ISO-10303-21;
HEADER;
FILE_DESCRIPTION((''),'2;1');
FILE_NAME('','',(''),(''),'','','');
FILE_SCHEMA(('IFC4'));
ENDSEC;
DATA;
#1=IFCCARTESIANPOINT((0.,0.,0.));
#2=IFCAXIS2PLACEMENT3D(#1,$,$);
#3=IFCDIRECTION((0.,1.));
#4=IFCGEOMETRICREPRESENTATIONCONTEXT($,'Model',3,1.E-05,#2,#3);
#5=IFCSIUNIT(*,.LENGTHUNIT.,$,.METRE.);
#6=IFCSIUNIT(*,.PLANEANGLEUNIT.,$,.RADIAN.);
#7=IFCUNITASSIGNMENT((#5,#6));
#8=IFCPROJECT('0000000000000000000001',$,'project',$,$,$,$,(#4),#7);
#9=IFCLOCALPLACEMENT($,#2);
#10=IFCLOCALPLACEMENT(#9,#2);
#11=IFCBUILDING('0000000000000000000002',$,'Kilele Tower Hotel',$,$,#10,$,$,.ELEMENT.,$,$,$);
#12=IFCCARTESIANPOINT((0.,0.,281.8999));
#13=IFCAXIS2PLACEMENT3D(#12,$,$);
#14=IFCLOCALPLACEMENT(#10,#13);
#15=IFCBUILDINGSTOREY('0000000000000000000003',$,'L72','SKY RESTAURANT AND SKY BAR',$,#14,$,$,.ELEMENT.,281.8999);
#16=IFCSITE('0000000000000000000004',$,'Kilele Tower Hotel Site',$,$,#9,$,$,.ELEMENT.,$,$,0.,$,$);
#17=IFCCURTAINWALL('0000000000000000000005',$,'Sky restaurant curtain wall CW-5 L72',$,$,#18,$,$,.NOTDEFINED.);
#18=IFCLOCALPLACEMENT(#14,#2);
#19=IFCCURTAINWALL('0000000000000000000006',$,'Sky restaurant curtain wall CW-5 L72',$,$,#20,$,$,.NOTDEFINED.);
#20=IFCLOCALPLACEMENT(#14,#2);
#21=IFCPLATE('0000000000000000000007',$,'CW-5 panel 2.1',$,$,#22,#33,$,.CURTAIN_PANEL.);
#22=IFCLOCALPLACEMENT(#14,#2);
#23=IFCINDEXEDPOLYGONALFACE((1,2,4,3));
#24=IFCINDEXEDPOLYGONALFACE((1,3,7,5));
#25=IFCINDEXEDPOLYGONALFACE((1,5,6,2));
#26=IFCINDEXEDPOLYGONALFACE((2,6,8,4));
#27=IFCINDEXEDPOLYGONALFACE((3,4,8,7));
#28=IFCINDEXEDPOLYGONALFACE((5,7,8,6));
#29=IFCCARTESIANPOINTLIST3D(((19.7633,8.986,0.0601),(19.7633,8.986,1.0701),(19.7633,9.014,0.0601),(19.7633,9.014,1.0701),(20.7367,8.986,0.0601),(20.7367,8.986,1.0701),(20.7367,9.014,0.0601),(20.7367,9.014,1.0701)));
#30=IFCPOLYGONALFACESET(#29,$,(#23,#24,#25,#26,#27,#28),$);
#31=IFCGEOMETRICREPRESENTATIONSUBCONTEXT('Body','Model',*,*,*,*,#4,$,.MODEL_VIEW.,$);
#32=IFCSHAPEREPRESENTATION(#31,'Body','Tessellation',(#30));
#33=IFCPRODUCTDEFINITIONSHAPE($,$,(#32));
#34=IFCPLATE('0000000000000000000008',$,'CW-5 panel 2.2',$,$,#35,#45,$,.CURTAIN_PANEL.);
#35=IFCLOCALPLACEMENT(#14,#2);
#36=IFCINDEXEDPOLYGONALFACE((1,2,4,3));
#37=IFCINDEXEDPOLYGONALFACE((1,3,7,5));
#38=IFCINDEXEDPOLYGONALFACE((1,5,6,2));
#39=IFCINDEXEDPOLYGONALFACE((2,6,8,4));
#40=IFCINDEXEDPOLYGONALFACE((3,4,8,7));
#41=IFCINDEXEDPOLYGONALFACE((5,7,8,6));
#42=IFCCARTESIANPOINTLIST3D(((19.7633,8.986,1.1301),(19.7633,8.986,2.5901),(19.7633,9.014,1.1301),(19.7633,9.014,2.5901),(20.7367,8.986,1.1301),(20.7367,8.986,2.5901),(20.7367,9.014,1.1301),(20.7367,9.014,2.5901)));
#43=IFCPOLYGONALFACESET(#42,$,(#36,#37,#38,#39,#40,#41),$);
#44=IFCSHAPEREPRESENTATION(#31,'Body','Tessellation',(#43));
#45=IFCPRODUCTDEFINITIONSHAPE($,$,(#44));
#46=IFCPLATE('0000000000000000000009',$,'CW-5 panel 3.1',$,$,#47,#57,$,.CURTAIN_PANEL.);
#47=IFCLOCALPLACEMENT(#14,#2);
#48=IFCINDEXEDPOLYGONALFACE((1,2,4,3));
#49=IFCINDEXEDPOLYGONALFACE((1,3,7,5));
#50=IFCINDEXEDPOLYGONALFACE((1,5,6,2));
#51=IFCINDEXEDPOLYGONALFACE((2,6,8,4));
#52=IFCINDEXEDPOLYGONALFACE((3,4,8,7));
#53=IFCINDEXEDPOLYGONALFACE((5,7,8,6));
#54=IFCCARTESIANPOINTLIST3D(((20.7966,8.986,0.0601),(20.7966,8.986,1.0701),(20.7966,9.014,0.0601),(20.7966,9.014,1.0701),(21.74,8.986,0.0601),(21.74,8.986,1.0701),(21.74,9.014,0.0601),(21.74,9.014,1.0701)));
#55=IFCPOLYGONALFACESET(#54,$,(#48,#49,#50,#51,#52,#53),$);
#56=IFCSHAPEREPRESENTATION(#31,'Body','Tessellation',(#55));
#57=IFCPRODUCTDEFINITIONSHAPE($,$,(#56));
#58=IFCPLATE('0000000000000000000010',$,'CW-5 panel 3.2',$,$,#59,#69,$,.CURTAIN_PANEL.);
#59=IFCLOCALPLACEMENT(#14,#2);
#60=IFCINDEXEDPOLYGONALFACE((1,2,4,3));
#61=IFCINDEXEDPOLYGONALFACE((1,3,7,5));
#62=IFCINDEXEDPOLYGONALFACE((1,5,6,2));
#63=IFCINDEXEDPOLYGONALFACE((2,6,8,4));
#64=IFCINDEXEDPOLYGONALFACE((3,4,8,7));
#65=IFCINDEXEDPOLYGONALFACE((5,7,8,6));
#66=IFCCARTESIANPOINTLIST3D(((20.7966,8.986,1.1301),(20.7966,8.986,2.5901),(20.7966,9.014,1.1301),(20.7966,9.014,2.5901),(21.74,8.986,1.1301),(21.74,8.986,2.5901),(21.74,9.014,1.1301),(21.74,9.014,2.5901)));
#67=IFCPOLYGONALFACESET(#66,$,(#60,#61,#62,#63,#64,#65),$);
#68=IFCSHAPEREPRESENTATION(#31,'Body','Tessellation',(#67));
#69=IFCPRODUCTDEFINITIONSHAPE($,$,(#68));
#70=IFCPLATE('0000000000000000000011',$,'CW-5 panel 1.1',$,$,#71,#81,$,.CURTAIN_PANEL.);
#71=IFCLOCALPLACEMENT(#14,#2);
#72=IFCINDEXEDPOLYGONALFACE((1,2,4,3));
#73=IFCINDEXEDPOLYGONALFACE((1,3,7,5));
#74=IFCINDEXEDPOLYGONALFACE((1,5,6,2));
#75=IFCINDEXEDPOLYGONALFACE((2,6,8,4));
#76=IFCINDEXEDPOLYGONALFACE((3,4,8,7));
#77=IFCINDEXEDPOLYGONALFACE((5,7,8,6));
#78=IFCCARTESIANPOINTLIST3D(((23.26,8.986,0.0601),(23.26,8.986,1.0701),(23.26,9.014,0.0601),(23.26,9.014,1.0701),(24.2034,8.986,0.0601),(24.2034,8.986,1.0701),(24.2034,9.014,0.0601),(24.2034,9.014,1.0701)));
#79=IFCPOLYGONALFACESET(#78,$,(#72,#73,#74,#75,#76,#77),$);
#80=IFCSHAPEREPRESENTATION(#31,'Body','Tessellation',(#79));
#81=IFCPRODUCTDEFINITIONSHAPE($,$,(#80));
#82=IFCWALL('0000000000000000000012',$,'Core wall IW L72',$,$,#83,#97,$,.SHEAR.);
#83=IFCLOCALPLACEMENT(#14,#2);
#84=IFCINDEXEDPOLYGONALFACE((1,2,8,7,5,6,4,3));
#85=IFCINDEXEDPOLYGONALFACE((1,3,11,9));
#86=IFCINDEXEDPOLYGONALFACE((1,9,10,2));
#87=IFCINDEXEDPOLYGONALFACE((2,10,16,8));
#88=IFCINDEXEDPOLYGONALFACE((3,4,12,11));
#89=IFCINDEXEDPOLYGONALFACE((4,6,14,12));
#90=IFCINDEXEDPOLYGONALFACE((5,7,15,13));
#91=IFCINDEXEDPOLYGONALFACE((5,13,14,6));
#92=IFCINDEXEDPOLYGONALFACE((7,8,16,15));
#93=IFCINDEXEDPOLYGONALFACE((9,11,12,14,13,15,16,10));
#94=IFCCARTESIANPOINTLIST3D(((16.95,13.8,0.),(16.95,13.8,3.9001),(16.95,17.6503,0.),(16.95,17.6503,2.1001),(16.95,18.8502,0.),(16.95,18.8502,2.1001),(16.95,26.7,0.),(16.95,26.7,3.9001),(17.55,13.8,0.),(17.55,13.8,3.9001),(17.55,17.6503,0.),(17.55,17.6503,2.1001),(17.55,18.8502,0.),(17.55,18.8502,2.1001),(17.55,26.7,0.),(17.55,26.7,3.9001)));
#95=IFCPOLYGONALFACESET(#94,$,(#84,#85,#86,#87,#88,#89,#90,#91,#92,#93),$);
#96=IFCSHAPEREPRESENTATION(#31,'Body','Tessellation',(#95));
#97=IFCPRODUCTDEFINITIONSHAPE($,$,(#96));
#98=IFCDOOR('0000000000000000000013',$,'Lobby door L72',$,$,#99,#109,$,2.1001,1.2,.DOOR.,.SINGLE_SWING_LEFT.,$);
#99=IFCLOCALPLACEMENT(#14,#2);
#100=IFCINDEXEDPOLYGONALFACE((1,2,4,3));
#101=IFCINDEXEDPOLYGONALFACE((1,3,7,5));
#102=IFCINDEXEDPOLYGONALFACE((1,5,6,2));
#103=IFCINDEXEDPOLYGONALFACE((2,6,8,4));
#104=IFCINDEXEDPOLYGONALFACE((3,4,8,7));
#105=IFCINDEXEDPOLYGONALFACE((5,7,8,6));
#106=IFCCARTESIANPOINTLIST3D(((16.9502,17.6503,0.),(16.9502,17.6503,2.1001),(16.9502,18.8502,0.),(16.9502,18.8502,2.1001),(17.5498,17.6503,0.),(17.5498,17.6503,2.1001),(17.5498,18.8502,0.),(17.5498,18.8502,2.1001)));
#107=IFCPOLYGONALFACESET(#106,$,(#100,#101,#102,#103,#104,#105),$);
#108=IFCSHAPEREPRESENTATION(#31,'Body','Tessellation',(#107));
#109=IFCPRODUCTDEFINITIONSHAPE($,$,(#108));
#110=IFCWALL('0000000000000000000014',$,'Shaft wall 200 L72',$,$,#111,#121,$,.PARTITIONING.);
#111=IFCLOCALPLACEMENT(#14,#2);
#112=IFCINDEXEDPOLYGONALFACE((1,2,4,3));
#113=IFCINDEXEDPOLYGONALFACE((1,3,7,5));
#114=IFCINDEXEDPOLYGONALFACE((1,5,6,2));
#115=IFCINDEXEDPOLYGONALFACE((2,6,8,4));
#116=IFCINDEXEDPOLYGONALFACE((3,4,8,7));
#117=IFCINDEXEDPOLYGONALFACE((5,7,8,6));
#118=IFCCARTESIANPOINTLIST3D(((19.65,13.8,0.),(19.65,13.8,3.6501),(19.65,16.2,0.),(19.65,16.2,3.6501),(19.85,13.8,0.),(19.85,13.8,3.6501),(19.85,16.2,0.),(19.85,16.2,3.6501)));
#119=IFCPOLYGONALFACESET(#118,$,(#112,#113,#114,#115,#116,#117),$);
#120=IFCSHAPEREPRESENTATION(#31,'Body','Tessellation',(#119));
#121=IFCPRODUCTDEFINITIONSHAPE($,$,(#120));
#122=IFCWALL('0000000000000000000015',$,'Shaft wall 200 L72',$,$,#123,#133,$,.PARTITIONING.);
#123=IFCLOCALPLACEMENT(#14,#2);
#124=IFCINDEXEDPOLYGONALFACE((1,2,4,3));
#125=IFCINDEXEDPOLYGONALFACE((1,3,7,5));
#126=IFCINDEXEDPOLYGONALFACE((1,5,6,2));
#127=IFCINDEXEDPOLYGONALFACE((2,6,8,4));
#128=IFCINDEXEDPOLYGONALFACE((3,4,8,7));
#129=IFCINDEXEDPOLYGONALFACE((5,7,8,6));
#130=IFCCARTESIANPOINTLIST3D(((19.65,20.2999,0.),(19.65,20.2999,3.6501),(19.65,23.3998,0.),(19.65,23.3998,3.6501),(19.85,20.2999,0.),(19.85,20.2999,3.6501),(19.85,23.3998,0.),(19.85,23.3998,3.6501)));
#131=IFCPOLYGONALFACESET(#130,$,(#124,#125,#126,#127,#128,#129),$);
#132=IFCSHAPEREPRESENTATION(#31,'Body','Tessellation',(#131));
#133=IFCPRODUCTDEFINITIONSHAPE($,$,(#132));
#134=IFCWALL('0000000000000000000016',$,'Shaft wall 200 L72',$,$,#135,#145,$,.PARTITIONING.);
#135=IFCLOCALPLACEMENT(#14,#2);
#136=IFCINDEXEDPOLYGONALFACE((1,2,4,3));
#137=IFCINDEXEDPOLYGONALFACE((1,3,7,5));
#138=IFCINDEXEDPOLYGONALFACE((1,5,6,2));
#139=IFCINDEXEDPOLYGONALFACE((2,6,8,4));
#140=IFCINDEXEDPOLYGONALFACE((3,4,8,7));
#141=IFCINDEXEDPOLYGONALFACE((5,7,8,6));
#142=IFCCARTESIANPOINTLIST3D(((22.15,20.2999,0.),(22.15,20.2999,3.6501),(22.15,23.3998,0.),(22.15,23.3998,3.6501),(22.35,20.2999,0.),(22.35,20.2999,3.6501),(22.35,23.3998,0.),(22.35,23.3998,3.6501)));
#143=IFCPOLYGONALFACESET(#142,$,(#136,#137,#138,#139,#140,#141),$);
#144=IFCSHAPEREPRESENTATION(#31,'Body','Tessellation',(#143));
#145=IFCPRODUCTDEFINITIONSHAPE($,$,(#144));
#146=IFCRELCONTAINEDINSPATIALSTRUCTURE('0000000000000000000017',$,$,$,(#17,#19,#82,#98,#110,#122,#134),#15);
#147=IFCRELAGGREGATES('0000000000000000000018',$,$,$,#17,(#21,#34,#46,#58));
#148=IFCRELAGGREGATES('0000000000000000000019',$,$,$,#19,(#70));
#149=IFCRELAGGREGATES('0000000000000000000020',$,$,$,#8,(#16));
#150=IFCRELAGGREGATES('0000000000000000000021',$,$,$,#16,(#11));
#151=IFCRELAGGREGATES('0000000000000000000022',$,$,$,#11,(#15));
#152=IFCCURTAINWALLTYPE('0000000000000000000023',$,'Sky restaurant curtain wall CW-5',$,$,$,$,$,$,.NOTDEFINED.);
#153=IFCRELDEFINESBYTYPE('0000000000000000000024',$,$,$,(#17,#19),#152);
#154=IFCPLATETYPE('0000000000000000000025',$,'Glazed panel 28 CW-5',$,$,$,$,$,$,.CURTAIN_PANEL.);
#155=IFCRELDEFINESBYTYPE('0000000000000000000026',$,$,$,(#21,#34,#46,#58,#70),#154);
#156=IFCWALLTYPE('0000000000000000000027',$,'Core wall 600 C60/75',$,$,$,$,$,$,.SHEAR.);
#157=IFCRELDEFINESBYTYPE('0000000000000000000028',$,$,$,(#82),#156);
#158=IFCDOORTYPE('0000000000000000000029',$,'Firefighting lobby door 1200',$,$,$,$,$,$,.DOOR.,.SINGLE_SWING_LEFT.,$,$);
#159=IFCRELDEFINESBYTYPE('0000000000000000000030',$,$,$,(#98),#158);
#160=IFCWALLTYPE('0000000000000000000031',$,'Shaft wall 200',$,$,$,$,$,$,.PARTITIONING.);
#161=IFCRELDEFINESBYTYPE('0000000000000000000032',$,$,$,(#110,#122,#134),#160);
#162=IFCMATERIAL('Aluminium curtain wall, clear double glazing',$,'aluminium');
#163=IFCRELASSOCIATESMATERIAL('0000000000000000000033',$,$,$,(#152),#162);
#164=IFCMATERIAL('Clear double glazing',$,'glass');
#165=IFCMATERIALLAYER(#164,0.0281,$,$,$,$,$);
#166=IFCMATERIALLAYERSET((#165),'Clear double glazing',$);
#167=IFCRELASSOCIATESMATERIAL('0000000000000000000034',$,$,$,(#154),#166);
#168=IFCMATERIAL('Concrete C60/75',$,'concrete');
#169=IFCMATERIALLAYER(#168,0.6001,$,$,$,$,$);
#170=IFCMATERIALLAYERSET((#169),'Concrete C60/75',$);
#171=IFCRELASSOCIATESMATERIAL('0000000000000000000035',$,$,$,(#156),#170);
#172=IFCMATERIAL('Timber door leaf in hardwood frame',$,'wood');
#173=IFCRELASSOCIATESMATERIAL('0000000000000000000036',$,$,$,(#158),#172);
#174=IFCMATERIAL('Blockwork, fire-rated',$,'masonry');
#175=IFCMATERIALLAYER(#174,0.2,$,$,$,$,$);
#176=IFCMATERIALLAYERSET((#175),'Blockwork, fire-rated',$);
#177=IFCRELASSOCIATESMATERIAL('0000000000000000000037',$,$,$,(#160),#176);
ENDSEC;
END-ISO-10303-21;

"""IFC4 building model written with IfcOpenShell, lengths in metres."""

from ifc_helpers import new_model, si_unit, direction, frame, frame_2d, origin, origin_2d, place, context, subcontext, project, spatial, rectangle, extrude, material, layer, layer_set, type_object, element, fill, aggregate, save


model = new_model("IFC4")

# Units and contexts
model_context = context("Model", 3, precision=1e-05, world=origin(), true_north=direction((0.0, 1.0)))
body_context = subcontext(model_context, "Body", "Model", "MODEL_VIEW")
ifc_project = project(units=[si_unit("LENGTHUNIT", "METRE"), si_unit("PLANEANGLEUNIT", "RADIAN")], contexts=[model_context])

# Site, building, storey
site_placement = place(None, origin())
site = spatial("IfcSite", under=ifc_project, at=site_placement, Name="Kilele Tower Hotel Site", CompositionType="ELEMENT", RefElevation=0.0)
building_placement = place(site_placement, origin())
building = spatial("IfcBuilding", under=site, at=building_placement, Name="Kilele Tower Hotel", CompositionType="ELEMENT")
storey_placement = place(building_placement, frame((0.0, 0.0, 281.8999)))
storey = spatial("IfcBuildingStorey", under=building, at=storey_placement, Name="L72", Description="SKY RESTAURANT AND SKY BAR", CompositionType="ELEMENT", Elevation=281.8999)

# Curtain wall
ifc_material_1 = material(Name="Aluminium curtain wall, clear double glazing", Category="aluminium")
curtain_wall_type = type_object("IfcCurtainWallType", Name="Sky restaurant curtain wall CW-5", PredefinedType="NOTDEFINED", material=ifc_material_1)
curtain_wall_1_placement = place(storey_placement, origin())
curtain_wall_1 = element("IfcCurtainWall", 1, at=curtain_wall_1_placement, inside=storey, type_object=curtain_wall_type, Name="Sky restaurant curtain wall CW-5 L72", PredefinedType="NOTDEFINED")

# Curtain wall
curtain_wall_2_placement = place(storey_placement, origin())
curtain_wall_2 = element("IfcCurtainWall", 2, at=curtain_wall_2_placement, inside=storey, type_object=curtain_wall_type, Name="Sky restaurant curtain wall CW-5 L72", PredefinedType="NOTDEFINED")

# Plates
ifc_material_2 = material(Name="Clear double glazing", Category="glass")
ifc_layer_1 = layer(ifc_material_2, 0.0281)
ifc_layer_set_1 = layer_set([ifc_layer_1], Name="Clear double glazing")
plate_type = type_object("IfcPlateType", Name="Glazed panel 28 CW-5", PredefinedType="CURTAIN_PANEL", material=ifc_layer_set_1)
plate_1_placement = place(storey_placement, frame((20.25, 9.0, 0.0601), z_axis=(0.0, 0.0, 1.0), x_axis=(1.0, 0.0, 0.0)))
plate_1 = element("IfcPlate", 3, at=plate_1_placement, type_object=plate_type, Name="CW-5 panel 2.1", PredefinedType="CURTAIN_PANEL", context=body_context, shape_type="SweptSolid", body=[
    extrude(rectangle(XDim=0.9734, YDim=0.0281, at=origin_2d()), origin(), (0.0, 0.0, 1.0), 1.01),
])
plate_2_placement = place(storey_placement, frame((20.25, 9.0, 1.1301), z_axis=(0.0, 0.0, 1.0), x_axis=(1.0, 0.0, 0.0)))
plate_2 = element("IfcPlate", 4, at=plate_2_placement, type_object=plate_type, Name="CW-5 panel 2.2", PredefinedType="CURTAIN_PANEL", context=body_context, shape_type="SweptSolid", body=[
    extrude(rectangle(XDim=0.9734, YDim=0.0281, at=origin_2d()), origin(), (0.0, 0.0, 1.0), 1.46),
])
plate_3_placement = place(storey_placement, frame((21.2683, 9.0, 0.0601), z_axis=(0.0, 0.0, 1.0), x_axis=(1.0, 0.0, 0.0)))
plate_3 = element("IfcPlate", 5, at=plate_3_placement, type_object=plate_type, Name="CW-5 panel 3.1", PredefinedType="CURTAIN_PANEL", context=body_context, shape_type="SweptSolid", body=[
    extrude(rectangle(XDim=0.9434, YDim=0.0281, at=origin_2d()), origin(), (0.0, 0.0, 1.0), 1.01),
])
plate_4_placement = place(storey_placement, frame((21.2683, 9.0, 1.1301), z_axis=(0.0, 0.0, 1.0), x_axis=(1.0, 0.0, 0.0)))
plate_4 = element("IfcPlate", 6, at=plate_4_placement, type_object=plate_type, Name="CW-5 panel 3.2", PredefinedType="CURTAIN_PANEL", context=body_context, shape_type="SweptSolid", body=[
    extrude(rectangle(XDim=0.9434, YDim=0.0281, at=origin_2d()), origin(), (0.0, 0.0, 1.0), 1.46),
])
aggregate(curtain_wall_1, [plate_1, plate_2, plate_3, plate_4])
plate_5_placement = place(storey_placement, frame((23.7317, 9.0, 0.0601), z_axis=(0.0, 0.0, 1.0), x_axis=(1.0, 0.0, 0.0)))
plate_5 = element("IfcPlate", 7, at=plate_5_placement, type_object=plate_type, Name="CW-5 panel 1.1", PredefinedType="CURTAIN_PANEL", context=body_context, shape_type="SweptSolid", body=[
    extrude(rectangle(XDim=0.9434, YDim=0.0281, at=origin_2d()), origin(), (0.0, 0.0, 1.0), 1.01),
])
aggregate(curtain_wall_2, [plate_5])

# Wall, opening, door
ifc_material_3 = material(Name="Concrete C60/75", Category="concrete")
ifc_layer_2 = layer(ifc_material_3, 0.6001)
ifc_layer_set_2 = layer_set([ifc_layer_2], Name="Concrete C60/75")
wall_type_1 = type_object("IfcWallType", Name="Core wall 600 C60/75", PredefinedType="SHEAR", material=ifc_layer_set_2)
wall_1_placement = place(storey_placement, frame((17.25, 13.8, 0.0), z_axis=(0.0, 0.0, 1.0), x_axis=(0.0, 1.0, 0.0)))
wall_1 = element("IfcWall", 8, at=wall_1_placement, inside=storey, type_object=wall_type_1, Name="Core wall IW L72", PredefinedType="SHEAR", context=body_context, shape_type="SweptSolid", body=[
    extrude(rectangle(XDim=12.8999, YDim=0.6001, at=frame_2d((6.45, 0.0))), origin(), (0.0, 0.0, 1.0), 3.9001),
])
opening_placement = place(wall_1_placement, frame((3.8501, 0.0, 0.0)))
opening = element("IfcOpeningElement", 9, at=opening_placement, cuts=wall_1, PredefinedType="OPENING", context=body_context, shape_type="SweptSolid", body=[
    extrude(rectangle(XDim=1.2, YDim=2.1001, at=frame_2d((0.6001, 1.05))), frame((0.0, 0.3101, 0.0), z_axis=(0.0, -1.0, 0.0), x_axis=(1.0, 0.0, 0.0)), (0.0, 0.0, 1.0), 0.6201),
])
ifc_material_4 = material(Name="Timber door leaf in hardwood frame", Category="wood")
door_type = type_object("IfcDoorType", Name="Firefighting lobby door 1200", OperationType="SINGLE_SWING_LEFT", PredefinedType="DOOR", material=ifc_material_4)
door_placement = place(opening_placement, origin())
door = element("IfcDoor", 10, at=door_placement, inside=storey, type_object=door_type, Name="Lobby door L72", OperationType="SINGLE_SWING_LEFT", OverallHeight=2.1001, OverallWidth=1.2, PredefinedType="DOOR", context=body_context, shape_type="SweptSolid", body=[
    extrude(rectangle(XDim=1.2, YDim=2.1001, at=frame_2d((0.6001, 1.05))), frame((0.0, 0.2998, 0.0), z_axis=(0.0, -1.0, 0.0), x_axis=(1.0, 0.0, 0.0)), (0.0, 0.0, 1.0), 0.5996),
])
fill(opening, door)

# Walls
ifc_material_5 = material(Name="Blockwork, fire-rated", Category="masonry")
ifc_layer_3 = layer(ifc_material_5, 0.2)
ifc_layer_set_3 = layer_set([ifc_layer_3], Name="Blockwork, fire-rated")
wall_type_2 = type_object("IfcWallType", Name="Shaft wall 200", PredefinedType="PARTITIONING", material=ifc_layer_set_3)
wall_2_placement = place(storey_placement, frame((19.75, 13.8, 0.0), z_axis=(0.0, 0.0, 1.0), x_axis=(0.0, 1.0, 0.0)))
element("IfcWall", 11, at=wall_2_placement, inside=storey, type_object=wall_type_2, Name="Shaft wall 200 L72", PredefinedType="PARTITIONING", context=body_context, shape_type="SweptSolid", body=[
    extrude(rectangle(XDim=2.3999, YDim=0.2, at=frame_2d((1.2, 0.0))), origin(), (0.0, 0.0, 1.0), 3.6501),
])
for number, where, z_axis, x_axis, name in (
    (12, (19.75, 20.3, 0.0), (0.0, 0.0, 1.0), (0.0, 1.0, 0.0), "Shaft wall 200 L72"),
    (13, (22.25, 20.3, 0.0), (0.0, 0.0, 1.0), (0.0, 1.0, 0.0), "Shaft wall 200 L72"),
):
    element("IfcWall", number, at=place(storey_placement, frame(where, z_axis=z_axis, x_axis=x_axis)), inside=storey, type_object=wall_type_2, Name=name, PredefinedType="PARTITIONING", context=body_context, shape_type="SweptSolid", body=[
        extrude(rectangle(XDim=3.0999, YDim=0.2, at=frame_2d((1.5498, 0.0))), origin(), (0.0, 0.0, 1.0), 3.6501),
    ])

save(model, "model.ifc")
